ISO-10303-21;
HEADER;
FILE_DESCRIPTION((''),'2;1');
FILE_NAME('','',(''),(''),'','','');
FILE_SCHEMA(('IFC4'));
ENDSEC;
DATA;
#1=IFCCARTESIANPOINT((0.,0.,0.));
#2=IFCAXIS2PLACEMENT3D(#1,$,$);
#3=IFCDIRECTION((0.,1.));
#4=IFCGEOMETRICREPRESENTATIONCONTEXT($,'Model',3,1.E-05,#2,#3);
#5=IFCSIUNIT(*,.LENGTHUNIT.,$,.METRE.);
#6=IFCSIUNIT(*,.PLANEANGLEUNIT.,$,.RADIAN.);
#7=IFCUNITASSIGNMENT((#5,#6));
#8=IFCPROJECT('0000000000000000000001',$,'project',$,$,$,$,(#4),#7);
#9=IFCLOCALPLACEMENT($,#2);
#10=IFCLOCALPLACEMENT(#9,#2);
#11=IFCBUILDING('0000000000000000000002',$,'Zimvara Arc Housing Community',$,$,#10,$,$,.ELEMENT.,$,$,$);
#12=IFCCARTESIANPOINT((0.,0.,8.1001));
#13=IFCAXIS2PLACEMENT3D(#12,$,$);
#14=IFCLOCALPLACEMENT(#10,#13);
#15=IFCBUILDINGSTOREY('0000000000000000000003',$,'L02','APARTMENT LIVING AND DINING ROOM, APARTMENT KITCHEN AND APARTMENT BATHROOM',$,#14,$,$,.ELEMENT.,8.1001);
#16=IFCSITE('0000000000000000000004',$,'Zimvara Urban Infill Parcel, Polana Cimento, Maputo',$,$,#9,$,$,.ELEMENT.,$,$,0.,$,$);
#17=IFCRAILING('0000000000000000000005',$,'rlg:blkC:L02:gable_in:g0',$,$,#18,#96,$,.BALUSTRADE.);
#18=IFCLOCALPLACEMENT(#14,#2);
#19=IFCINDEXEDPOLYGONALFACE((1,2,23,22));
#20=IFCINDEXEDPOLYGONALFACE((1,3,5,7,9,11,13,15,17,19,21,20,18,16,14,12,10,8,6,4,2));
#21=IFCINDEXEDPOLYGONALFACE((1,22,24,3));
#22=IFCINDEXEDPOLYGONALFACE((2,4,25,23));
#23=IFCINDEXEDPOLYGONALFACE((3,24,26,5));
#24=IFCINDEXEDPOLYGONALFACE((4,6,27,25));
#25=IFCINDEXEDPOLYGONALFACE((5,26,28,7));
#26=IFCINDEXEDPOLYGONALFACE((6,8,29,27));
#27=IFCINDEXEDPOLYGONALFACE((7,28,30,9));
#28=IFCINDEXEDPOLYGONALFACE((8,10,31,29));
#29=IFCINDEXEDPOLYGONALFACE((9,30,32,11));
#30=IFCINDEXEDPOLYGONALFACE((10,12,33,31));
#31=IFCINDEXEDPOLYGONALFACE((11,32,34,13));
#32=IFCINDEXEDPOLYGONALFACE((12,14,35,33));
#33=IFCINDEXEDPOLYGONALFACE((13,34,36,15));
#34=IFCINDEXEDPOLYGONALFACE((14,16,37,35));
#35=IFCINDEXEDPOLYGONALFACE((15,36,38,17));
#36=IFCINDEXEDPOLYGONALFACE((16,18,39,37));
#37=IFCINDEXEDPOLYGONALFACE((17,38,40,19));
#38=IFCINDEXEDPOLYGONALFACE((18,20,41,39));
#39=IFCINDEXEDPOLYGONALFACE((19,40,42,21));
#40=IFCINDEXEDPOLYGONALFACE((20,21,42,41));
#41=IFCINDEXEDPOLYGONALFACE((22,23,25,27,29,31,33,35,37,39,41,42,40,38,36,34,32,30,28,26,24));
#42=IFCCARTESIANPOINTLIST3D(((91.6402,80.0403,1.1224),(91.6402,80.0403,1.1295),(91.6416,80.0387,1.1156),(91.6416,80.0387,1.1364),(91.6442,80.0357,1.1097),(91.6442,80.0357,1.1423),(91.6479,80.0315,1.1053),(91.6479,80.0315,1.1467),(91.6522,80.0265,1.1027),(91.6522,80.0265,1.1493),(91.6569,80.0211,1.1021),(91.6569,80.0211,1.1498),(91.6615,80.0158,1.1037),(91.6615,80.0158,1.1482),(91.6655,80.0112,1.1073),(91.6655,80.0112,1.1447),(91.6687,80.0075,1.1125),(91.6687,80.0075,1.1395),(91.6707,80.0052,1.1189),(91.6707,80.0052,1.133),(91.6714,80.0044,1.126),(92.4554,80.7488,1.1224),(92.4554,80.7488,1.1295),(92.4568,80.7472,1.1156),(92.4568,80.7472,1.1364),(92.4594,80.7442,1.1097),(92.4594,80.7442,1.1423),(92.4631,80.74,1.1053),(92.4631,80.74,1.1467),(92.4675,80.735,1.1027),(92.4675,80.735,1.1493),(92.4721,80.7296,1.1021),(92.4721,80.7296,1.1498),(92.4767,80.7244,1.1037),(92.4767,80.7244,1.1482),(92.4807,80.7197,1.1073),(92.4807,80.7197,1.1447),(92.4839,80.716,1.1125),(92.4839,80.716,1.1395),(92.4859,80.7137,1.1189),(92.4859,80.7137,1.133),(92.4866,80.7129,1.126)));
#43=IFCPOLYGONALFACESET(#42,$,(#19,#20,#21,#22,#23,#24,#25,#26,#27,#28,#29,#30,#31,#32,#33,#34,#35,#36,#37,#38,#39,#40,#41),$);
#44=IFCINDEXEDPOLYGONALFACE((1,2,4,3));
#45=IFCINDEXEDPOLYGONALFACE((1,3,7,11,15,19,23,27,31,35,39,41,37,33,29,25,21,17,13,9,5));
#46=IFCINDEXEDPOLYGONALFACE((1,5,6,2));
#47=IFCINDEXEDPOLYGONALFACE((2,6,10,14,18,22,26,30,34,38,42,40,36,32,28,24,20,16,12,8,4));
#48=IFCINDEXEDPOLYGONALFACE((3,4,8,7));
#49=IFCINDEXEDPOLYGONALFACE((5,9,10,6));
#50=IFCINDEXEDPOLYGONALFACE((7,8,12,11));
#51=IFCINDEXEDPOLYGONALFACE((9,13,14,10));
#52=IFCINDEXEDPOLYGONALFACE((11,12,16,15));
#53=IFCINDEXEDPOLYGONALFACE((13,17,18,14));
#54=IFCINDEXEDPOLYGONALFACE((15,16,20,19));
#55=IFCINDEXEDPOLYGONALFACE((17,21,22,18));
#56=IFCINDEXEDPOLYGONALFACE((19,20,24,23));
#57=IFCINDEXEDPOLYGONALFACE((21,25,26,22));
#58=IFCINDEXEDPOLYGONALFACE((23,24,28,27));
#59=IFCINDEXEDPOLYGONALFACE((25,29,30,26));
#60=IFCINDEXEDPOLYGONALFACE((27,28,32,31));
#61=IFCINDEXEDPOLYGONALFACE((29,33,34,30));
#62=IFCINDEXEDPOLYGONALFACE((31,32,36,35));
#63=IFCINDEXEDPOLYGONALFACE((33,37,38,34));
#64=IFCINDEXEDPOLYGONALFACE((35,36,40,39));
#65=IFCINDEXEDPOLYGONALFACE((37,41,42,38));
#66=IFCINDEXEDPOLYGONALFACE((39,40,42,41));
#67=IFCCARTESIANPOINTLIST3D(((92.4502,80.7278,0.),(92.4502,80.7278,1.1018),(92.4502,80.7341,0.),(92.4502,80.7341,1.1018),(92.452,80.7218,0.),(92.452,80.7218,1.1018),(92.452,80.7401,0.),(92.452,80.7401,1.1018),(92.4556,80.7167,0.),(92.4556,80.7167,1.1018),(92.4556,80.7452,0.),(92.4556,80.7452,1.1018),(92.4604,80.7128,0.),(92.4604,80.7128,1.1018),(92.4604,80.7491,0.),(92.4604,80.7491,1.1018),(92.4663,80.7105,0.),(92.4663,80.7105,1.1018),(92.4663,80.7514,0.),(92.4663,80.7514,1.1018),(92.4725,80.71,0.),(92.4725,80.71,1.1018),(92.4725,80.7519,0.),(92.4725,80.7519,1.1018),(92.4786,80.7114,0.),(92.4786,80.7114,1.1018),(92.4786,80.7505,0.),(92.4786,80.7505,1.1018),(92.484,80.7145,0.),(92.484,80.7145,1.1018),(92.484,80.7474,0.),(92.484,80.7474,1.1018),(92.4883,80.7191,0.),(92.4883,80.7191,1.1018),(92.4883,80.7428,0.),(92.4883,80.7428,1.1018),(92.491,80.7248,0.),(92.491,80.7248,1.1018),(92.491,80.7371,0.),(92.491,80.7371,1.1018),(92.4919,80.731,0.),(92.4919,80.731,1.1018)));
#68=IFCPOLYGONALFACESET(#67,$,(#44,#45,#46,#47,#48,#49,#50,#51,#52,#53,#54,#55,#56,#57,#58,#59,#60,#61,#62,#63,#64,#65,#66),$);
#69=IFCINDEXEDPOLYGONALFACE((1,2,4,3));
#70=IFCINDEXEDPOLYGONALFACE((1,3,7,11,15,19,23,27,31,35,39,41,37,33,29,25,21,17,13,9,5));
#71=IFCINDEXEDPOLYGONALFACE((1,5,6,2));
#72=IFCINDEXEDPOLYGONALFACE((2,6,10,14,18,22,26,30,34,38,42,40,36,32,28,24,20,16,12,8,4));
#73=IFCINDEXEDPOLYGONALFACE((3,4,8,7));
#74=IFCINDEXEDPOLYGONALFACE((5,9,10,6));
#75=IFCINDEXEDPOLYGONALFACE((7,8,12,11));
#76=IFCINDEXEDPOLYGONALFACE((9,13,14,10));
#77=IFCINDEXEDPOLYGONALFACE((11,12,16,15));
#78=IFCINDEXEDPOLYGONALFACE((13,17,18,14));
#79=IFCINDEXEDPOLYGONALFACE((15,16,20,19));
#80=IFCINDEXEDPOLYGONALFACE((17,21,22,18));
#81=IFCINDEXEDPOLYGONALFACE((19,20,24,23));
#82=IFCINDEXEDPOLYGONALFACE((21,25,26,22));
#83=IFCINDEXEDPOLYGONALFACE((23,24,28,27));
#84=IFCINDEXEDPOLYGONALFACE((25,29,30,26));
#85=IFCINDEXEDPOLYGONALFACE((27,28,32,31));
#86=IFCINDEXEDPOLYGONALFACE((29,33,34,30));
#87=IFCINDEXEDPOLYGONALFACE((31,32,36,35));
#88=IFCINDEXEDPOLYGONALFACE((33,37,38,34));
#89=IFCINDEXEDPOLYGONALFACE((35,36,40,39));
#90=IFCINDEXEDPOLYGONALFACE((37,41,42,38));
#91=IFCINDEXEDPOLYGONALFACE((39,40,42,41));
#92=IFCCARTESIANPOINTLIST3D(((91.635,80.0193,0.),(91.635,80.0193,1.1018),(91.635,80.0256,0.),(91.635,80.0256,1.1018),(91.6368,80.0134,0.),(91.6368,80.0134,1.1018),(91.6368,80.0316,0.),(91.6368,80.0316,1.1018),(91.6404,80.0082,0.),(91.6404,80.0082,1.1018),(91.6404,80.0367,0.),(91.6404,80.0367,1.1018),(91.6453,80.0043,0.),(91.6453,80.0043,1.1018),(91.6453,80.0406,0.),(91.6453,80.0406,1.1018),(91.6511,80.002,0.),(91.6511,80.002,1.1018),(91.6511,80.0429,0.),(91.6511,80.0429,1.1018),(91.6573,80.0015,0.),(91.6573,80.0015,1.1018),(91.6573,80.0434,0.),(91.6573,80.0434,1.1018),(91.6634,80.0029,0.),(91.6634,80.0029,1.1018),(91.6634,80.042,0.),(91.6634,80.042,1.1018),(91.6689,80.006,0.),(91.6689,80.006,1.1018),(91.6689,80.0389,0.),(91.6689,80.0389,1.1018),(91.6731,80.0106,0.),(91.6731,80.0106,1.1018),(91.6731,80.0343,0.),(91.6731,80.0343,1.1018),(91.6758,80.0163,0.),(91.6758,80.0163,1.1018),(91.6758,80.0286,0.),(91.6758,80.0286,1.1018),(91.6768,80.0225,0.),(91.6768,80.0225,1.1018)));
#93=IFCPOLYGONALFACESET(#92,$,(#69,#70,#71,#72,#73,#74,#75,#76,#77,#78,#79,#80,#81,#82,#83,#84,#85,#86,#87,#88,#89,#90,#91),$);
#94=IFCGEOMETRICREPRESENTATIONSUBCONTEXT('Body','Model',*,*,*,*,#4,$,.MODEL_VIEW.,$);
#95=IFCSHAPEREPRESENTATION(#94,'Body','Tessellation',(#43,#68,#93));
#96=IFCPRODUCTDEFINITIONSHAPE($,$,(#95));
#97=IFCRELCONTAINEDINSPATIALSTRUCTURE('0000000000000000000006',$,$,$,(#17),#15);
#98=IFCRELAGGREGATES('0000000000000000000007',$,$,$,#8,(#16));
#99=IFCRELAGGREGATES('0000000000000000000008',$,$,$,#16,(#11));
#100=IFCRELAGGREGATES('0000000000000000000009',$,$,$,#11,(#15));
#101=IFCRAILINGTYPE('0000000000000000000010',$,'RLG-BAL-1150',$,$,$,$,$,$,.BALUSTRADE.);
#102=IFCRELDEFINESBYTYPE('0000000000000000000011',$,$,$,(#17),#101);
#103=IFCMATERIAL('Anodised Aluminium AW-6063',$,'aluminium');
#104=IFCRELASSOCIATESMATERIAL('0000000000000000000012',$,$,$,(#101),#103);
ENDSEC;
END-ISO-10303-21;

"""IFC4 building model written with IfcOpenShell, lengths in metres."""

from ifc_helpers import new_model, si_unit, direction, frame, origin, origin_2d, place, context, subcontext, project, spatial, circle, extrude, material, type_object, element, save


model = new_model("IFC4")

# Units and contexts
model_context = context("Model", 3, precision=1e-05, world=origin(), true_north=direction((0.0, 1.0)))
body_context = subcontext(model_context, "Body", "Model", "MODEL_VIEW")
ifc_project = project(units=[si_unit("LENGTHUNIT", "METRE"), si_unit("PLANEANGLEUNIT", "RADIAN")], contexts=[model_context])

# Site, building, storey
site_placement = place(None, origin())
site = spatial("IfcSite", under=ifc_project, at=site_placement, Name="Zimvara Urban Infill Parcel, Polana Cimento, Maputo", CompositionType="ELEMENT", RefElevation=0.0)
building_placement = place(site_placement, origin())
building = spatial("IfcBuilding", under=site, at=building_placement, Name="Zimvara Arc Housing Community", CompositionType="ELEMENT")
storey_placement = place(building_placement, frame((0.0, 0.0, 8.1001)))
storey = spatial("IfcBuildingStorey", under=building, at=storey_placement, Name="L02", Description="APARTMENT LIVING AND DINING ROOM, APARTMENT KITCHEN AND APARTMENT BATHROOM", CompositionType="ELEMENT", Elevation=8.1001)

# Railing
ifc_material_1 = material(Name="Anodised Aluminium AW-6063", Category="aluminium")
railing_type = type_object("IfcRailingType", Name="RLG-BAL-1150", PredefinedType="BALUSTRADE", material=ifc_material_1)
railing_1_placement = place(storey_placement, frame((92.4709, 80.731, 0.0)))
element("IfcRailing", 1, at=railing_1_placement, inside=storey, type_object=railing_type, Name="rlg:blkC:L02:gable_in:g0", PredefinedType="BALUSTRADE", context=body_context, shape_type="SweptSolid", body=[
    extrude(circle(Radius=0.0239, at=origin_2d()), frame((0.0, 0.0, 1.126), z_axis=(-0.754771, -0.655988, 0.0), x_axis=(0.655988, -0.754771, 0.0)), (0.0, 0.0, 1.0), 1.0801),
    extrude(circle(Radius=0.021, at=origin_2d()), origin(), (0.0, 0.0, 1.0), 1.1018),
    extrude(circle(Radius=0.021, at=origin_2d()), frame((-0.8152, -0.7085, 0.0)), (0.0, 0.0, 1.0), 1.1018),
])

save(model, "model.ifc")
